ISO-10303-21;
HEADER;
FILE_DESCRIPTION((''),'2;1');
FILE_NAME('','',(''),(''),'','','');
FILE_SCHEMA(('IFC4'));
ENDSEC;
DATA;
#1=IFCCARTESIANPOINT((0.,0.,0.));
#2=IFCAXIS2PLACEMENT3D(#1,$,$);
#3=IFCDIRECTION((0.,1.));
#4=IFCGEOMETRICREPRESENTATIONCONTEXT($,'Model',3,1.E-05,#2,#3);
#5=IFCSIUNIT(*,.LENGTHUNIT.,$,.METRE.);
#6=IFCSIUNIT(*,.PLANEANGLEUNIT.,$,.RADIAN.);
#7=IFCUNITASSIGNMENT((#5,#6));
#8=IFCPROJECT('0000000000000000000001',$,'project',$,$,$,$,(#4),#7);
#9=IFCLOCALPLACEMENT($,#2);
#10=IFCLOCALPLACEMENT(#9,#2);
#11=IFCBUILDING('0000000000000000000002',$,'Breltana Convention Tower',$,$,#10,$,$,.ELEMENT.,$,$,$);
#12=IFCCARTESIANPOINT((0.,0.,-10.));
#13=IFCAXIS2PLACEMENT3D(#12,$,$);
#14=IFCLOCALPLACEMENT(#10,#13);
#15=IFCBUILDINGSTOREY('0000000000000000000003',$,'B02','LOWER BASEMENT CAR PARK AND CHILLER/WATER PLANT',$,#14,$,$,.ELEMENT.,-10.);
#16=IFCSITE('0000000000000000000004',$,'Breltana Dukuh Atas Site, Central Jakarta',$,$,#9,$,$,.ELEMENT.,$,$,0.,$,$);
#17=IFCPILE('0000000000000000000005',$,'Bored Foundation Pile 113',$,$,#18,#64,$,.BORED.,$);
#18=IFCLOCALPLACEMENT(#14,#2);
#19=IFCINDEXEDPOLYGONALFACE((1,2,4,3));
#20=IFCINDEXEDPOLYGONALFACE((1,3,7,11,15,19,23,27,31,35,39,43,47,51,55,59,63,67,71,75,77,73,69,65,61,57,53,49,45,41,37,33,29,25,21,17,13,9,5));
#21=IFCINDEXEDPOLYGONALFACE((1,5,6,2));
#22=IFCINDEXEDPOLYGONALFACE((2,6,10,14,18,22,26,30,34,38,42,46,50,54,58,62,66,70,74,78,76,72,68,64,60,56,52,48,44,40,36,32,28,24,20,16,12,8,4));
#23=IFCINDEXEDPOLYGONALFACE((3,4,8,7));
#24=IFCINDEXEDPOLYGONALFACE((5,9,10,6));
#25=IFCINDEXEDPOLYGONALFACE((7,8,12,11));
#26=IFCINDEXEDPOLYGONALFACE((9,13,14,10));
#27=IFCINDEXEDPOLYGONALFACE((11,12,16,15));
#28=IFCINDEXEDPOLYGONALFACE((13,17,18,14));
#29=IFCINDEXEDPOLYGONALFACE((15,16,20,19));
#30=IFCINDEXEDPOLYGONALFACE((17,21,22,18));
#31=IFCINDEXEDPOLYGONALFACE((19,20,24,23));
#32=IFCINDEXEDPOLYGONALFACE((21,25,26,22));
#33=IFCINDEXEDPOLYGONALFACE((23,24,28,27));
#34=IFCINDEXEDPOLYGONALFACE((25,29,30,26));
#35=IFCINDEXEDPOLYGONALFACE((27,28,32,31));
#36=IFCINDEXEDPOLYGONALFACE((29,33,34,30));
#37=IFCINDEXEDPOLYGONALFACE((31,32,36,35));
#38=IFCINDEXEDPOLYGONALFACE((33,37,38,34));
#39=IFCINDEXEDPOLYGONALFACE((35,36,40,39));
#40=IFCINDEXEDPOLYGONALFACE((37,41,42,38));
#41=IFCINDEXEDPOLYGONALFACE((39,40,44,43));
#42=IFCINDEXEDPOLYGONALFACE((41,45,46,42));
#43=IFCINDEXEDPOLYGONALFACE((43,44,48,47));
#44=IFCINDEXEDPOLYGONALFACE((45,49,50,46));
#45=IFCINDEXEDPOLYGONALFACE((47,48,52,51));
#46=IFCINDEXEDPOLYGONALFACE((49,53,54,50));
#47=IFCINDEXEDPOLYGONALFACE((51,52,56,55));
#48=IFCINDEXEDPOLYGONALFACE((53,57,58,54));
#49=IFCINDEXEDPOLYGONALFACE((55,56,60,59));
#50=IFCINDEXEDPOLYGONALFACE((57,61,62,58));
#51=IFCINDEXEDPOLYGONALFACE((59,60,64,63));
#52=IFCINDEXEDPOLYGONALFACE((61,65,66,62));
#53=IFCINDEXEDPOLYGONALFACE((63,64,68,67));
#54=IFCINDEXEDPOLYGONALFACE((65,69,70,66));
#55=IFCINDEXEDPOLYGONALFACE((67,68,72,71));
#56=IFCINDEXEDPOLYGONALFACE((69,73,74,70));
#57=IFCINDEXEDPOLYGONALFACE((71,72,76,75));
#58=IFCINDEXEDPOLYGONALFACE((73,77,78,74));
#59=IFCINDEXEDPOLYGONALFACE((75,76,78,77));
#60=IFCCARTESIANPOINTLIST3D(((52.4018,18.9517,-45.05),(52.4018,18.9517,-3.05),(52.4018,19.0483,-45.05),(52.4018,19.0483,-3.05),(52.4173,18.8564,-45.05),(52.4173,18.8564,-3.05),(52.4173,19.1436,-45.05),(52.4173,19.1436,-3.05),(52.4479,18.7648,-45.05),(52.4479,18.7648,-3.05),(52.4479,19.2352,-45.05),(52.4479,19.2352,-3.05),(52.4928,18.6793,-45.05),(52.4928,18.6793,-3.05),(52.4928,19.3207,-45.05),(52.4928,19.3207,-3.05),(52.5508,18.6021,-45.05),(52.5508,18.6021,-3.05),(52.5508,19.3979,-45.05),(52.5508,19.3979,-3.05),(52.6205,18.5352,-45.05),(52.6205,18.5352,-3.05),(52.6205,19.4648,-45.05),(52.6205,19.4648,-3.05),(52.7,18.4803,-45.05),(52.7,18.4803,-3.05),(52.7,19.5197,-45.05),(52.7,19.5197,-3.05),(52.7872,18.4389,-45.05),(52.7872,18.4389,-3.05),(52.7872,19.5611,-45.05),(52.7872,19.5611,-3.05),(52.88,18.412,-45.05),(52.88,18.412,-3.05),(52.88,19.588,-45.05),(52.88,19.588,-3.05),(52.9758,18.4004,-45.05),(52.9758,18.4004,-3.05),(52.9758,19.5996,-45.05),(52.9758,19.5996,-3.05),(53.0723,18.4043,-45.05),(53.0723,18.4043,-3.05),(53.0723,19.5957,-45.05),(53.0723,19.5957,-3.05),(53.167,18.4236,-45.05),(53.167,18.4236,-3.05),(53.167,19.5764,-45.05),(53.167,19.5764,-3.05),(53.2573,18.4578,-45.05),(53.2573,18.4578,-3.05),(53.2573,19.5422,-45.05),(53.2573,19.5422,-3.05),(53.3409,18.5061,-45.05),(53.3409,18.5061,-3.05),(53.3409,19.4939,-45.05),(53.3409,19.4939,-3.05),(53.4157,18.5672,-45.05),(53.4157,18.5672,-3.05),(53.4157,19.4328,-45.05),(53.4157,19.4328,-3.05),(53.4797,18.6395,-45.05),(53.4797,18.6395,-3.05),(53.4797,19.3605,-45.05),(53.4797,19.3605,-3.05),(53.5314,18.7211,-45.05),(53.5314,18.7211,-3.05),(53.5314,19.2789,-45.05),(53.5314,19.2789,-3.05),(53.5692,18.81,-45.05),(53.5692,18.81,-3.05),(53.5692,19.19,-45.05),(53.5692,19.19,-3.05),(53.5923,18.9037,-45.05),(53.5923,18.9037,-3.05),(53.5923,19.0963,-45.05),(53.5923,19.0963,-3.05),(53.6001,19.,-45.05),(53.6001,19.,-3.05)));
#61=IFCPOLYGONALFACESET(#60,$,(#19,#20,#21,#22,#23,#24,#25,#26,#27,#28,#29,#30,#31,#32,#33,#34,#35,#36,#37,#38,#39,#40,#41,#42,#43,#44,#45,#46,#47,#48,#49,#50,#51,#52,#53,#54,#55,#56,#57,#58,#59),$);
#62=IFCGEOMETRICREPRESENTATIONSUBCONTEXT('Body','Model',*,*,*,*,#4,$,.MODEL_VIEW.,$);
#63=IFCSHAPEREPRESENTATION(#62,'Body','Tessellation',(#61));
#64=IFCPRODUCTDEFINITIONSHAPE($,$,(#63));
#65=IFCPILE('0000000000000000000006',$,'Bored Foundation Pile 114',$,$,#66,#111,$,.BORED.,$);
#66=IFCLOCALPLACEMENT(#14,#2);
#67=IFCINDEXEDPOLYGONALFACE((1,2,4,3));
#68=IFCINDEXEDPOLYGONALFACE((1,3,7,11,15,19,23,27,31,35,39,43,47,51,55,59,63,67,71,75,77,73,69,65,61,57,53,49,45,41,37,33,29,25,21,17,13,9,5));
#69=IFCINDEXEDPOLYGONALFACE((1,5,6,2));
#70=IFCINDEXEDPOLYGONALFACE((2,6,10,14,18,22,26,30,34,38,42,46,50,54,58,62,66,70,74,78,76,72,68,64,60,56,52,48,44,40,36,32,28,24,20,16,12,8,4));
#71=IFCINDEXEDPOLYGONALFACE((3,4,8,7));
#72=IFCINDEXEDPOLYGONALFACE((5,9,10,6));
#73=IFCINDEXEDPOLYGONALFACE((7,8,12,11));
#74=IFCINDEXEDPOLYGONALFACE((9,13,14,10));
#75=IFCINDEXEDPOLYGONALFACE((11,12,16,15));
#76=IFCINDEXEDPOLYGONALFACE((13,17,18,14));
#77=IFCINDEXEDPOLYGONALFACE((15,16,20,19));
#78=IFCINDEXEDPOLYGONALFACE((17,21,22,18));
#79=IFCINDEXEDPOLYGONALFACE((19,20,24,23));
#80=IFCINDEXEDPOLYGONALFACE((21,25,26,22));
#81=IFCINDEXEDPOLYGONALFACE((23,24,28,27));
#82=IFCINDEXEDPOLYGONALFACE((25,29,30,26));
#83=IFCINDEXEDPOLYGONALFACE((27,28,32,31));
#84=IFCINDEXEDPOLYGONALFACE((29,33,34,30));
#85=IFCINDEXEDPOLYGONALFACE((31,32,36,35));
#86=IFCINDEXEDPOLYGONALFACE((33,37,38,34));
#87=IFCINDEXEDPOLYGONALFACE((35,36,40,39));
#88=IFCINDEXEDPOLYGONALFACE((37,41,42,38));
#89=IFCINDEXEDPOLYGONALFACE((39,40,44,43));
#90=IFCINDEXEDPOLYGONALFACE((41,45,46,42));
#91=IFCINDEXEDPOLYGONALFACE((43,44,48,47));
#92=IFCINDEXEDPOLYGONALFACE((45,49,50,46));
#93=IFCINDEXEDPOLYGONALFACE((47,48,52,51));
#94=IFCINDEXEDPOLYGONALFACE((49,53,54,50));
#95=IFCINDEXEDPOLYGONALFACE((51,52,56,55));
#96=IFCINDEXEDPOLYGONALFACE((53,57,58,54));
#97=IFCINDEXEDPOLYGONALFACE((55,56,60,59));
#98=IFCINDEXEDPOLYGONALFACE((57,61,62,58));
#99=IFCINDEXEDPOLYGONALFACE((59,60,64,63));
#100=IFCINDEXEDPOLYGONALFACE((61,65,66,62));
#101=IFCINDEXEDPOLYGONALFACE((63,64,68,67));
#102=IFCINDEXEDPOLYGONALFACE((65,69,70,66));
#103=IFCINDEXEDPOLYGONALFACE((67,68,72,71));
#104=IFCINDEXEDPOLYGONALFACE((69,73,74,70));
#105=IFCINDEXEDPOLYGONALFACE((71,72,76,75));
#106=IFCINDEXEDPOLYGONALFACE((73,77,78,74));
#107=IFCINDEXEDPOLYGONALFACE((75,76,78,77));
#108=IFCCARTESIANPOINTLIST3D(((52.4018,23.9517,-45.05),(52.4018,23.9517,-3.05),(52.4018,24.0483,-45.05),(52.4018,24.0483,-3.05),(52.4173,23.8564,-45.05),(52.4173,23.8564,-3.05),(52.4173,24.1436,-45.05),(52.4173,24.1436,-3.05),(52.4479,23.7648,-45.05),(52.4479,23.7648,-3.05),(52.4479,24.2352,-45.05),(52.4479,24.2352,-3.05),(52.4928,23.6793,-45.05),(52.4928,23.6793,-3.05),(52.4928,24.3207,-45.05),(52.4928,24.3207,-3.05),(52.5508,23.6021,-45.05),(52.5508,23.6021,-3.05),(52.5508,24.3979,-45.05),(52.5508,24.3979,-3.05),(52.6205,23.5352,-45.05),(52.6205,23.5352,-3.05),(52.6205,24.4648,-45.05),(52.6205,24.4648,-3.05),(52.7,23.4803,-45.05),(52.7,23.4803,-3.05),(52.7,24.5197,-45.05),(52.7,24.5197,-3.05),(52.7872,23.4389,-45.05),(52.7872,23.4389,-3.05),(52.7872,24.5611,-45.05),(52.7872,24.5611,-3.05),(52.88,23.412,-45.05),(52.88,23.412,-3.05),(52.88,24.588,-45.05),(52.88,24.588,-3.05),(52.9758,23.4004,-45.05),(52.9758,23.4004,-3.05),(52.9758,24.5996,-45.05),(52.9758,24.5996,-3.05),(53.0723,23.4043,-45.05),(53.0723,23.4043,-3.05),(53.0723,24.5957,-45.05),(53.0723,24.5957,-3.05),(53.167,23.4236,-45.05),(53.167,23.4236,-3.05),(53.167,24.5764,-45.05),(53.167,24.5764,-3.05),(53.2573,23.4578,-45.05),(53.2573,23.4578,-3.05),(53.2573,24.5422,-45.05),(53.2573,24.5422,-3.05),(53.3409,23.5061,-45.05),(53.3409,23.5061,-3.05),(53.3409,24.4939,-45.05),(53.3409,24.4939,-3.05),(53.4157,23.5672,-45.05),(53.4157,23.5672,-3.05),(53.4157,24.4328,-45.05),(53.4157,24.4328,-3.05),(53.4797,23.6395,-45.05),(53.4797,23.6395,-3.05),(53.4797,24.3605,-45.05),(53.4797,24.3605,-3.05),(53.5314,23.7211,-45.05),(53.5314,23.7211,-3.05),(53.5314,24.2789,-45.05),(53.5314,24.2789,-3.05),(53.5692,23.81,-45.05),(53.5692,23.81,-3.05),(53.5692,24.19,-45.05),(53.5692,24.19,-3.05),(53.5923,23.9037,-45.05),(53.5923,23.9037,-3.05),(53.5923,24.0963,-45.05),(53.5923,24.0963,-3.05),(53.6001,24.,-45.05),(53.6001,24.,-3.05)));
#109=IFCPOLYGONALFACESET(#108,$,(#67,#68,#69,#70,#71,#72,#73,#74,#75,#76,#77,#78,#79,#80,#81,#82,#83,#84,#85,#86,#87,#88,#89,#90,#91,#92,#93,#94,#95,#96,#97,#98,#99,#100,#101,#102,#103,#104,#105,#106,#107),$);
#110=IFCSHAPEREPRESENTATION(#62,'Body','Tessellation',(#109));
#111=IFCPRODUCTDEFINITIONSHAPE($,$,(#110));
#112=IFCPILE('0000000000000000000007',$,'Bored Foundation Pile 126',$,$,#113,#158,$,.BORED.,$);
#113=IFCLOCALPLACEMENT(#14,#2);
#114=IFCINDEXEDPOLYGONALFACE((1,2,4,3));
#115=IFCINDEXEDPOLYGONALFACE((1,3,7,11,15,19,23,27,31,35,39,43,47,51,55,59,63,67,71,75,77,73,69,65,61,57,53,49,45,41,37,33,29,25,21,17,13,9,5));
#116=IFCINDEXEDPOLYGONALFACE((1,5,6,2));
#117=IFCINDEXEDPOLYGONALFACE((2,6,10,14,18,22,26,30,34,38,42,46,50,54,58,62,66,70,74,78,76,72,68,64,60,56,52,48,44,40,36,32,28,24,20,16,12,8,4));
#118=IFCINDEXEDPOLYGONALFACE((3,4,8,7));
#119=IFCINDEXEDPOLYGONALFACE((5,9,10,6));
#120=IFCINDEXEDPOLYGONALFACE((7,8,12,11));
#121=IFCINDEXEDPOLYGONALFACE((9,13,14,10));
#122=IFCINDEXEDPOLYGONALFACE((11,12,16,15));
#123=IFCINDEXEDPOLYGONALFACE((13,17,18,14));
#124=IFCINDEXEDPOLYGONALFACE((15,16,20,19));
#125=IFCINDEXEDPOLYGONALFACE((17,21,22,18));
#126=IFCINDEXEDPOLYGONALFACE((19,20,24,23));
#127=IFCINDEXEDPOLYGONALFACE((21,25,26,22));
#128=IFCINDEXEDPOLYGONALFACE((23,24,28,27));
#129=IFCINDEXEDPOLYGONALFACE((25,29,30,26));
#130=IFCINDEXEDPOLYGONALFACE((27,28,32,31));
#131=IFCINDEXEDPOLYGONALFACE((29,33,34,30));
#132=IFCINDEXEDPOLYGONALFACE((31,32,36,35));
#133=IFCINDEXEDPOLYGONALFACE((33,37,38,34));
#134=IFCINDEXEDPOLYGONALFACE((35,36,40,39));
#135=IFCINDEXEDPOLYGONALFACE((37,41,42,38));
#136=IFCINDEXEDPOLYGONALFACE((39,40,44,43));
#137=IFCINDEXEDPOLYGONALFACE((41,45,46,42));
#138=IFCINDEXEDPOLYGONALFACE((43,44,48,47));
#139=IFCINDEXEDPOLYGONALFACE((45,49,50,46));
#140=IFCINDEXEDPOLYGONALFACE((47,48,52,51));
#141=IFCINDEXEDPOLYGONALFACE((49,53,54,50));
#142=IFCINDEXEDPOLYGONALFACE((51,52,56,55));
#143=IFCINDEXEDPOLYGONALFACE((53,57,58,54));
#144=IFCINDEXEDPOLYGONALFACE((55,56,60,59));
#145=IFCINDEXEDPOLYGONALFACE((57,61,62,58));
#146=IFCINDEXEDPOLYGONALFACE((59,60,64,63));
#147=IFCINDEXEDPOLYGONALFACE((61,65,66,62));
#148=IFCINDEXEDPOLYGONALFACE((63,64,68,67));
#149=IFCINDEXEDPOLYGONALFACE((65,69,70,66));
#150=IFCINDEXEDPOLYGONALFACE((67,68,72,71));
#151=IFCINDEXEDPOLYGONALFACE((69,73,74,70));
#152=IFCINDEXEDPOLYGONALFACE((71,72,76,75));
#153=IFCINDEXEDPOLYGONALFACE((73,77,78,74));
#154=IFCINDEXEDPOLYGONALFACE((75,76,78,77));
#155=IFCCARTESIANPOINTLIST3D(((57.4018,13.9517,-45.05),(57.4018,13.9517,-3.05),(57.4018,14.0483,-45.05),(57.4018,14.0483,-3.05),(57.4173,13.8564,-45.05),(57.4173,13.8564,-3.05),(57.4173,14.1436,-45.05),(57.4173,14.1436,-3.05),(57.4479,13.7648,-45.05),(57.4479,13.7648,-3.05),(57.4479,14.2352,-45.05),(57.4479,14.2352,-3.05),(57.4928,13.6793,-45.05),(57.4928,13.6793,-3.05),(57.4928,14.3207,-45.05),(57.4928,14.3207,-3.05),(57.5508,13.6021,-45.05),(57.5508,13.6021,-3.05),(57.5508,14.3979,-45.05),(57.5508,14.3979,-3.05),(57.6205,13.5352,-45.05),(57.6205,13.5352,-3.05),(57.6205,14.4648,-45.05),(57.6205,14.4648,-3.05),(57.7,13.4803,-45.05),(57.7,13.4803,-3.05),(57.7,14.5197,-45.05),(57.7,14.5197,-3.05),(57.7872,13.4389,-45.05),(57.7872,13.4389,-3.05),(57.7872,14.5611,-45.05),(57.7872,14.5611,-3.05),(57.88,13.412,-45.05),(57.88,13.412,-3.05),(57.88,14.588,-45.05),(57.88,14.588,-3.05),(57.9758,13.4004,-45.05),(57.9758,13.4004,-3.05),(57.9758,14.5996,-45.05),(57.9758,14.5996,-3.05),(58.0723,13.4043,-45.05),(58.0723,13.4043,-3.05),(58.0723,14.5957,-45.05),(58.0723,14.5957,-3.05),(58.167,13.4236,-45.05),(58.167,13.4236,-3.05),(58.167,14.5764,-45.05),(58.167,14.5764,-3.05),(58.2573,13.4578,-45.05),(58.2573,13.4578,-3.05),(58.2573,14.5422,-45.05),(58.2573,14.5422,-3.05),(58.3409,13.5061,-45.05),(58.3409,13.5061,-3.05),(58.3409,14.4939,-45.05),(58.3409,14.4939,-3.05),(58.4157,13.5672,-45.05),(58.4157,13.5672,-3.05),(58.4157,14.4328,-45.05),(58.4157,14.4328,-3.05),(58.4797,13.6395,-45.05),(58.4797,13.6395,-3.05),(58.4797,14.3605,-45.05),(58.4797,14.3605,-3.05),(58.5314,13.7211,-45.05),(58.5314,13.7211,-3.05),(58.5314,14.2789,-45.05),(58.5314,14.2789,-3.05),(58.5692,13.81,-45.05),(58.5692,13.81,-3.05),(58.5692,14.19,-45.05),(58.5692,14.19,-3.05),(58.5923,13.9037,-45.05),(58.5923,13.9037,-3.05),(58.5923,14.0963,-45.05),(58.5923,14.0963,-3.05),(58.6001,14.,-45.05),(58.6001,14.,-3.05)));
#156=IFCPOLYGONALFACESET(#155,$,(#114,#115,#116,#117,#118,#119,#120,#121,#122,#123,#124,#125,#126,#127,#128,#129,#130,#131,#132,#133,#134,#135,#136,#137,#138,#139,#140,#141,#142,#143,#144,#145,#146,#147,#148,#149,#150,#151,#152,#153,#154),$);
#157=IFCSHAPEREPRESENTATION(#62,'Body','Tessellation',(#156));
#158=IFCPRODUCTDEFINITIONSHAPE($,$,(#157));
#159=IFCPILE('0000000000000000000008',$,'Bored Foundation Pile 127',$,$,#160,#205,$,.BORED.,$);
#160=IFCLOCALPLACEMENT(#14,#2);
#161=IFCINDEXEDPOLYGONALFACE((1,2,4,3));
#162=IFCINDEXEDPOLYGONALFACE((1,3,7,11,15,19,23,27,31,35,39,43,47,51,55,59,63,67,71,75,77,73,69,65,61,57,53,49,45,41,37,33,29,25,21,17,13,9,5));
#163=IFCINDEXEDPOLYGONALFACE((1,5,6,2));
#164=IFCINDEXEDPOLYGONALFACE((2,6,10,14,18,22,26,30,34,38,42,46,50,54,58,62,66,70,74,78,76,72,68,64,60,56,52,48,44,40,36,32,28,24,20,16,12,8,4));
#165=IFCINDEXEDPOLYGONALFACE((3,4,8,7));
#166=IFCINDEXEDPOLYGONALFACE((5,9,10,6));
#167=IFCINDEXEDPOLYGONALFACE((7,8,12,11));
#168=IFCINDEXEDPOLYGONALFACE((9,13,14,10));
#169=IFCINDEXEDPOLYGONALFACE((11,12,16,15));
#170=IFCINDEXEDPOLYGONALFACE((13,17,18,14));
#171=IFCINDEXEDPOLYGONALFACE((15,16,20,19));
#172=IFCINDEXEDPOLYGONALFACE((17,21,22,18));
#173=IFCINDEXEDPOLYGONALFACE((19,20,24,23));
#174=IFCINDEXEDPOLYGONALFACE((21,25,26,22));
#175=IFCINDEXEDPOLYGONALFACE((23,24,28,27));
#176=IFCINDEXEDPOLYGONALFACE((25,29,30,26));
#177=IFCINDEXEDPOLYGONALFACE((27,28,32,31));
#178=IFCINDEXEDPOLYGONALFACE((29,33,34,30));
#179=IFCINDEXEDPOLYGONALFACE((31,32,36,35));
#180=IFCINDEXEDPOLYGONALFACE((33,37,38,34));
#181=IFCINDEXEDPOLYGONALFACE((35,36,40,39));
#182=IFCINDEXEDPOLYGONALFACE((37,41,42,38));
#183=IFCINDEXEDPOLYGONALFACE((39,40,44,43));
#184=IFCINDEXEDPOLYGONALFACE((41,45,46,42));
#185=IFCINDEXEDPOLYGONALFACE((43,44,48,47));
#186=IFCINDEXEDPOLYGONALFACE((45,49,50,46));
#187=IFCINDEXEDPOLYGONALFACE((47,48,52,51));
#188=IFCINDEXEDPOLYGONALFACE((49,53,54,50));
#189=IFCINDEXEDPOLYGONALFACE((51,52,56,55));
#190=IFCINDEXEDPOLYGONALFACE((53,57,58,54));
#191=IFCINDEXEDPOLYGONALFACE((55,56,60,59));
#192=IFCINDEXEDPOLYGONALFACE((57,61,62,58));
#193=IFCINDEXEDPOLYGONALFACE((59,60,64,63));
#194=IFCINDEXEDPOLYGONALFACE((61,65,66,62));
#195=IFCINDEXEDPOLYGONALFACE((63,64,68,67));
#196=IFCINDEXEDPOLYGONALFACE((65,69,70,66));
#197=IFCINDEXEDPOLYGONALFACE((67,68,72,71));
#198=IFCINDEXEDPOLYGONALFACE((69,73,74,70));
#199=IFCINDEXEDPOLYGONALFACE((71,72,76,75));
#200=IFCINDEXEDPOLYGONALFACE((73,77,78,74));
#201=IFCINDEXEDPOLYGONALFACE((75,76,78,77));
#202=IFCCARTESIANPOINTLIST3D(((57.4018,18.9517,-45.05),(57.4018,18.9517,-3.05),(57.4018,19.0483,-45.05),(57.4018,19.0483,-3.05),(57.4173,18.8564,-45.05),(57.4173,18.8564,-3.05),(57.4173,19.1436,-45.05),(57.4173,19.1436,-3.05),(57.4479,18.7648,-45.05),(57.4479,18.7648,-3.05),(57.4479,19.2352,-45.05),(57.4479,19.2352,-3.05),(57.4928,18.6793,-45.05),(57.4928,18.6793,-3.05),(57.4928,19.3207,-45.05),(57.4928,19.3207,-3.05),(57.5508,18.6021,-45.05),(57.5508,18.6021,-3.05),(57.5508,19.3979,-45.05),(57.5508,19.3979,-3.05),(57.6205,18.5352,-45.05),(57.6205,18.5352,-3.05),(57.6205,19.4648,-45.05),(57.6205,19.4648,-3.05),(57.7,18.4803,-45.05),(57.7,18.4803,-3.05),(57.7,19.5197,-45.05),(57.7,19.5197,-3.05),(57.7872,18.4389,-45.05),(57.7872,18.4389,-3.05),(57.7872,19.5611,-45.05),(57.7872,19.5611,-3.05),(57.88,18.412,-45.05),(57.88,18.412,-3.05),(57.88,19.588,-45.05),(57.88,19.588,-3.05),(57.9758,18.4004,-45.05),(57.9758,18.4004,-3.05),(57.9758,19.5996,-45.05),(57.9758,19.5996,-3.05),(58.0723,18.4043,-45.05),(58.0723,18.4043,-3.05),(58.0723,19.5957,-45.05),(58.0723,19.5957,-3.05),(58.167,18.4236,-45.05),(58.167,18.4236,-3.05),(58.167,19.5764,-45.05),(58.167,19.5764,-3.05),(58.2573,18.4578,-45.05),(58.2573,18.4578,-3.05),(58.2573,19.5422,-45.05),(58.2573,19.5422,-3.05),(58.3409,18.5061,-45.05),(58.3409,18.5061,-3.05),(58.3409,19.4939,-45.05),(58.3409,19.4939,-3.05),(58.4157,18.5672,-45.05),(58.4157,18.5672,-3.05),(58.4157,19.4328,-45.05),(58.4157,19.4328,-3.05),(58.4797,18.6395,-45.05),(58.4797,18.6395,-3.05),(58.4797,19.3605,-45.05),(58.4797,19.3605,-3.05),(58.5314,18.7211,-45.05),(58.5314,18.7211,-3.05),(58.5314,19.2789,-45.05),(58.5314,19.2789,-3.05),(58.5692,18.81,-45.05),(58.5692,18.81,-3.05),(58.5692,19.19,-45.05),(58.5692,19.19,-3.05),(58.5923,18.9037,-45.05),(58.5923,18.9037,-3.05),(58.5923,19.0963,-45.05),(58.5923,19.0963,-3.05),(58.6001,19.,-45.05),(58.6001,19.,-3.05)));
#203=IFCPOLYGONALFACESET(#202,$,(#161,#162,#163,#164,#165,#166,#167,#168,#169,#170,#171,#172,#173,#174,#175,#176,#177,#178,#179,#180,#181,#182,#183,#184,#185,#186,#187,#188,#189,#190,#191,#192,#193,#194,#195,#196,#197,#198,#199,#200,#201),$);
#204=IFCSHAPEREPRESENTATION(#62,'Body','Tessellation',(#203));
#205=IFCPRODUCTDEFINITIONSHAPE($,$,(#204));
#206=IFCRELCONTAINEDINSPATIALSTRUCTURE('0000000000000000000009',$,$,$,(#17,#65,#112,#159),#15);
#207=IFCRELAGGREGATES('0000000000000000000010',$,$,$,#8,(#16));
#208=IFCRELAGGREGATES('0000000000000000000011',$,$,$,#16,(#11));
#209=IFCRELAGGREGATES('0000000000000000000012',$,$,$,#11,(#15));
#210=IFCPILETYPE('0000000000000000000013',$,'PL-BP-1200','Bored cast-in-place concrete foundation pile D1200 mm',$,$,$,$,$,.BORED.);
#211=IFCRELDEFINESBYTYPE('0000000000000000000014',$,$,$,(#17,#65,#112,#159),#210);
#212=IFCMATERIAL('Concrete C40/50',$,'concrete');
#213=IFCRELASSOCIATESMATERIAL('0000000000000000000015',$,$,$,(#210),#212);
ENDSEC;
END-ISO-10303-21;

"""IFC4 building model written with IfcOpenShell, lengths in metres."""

from ifc_helpers import new_model, si_unit, direction, frame, origin, origin_2d, place, context, subcontext, project, spatial, circle, extrude, source, transform, mapped, material, material_profile, profile_set, type_object, type_shapes, element, save


model = new_model("IFC4")

# Units and contexts
model_context = context("Model", 3, precision=1e-05, world=origin(), true_north=direction((0.0, 1.0)))
body_context = subcontext(model_context, "Body", "Model", "MODEL_VIEW")
ifc_project = project(units=[si_unit("LENGTHUNIT", "METRE"), si_unit("PLANEANGLEUNIT", "RADIAN")], contexts=[model_context])

# Site, building, storey
site_placement = place(None, origin())
site = spatial("IfcSite", under=ifc_project, at=site_placement, Name="Breltana Dukuh Atas Site, Central Jakarta", CompositionType="ELEMENT", RefElevation=0.0)
building_placement = place(site_placement, origin())
building = spatial("IfcBuilding", under=site, at=building_placement, Name="Breltana Convention Tower", CompositionType="ELEMENT")
storey_placement = place(building_placement, frame((0.0, 0.0, -10.0)))
storey = spatial("IfcBuildingStorey", under=building, at=storey_placement, Name="B02", Description="LOWER BASEMENT CAR PARK AND CHILLER/WATER PLANT", CompositionType="ELEMENT", Elevation=-10.0)

# Piles
ifc_material_1 = material(Name="Concrete C40/50", Category="concrete")
ifc_material_profile_1 = material_profile(ifc_material_1, circle(Radius=0.6001, at=origin_2d()), Name="BP-D1200")
ifc_profile_set_1 = profile_set([ifc_material_profile_1], Name="Concrete C40/50")
pile_type = type_object("IfcPileType", Name="PL-BP-1200", Description="Bored cast-in-place concrete foundation pile D1200 mm", PredefinedType="BORED", material=ifc_profile_set_1)
shared_shape_1 = source(origin(), body_context, "Body", "SweptSolid", [
    extrude(circle(Radius=0.6001, at=origin_2d()), origin(), (0.0, 0.0, 1.0), 42.0),
])
type_shapes(pile_type, [shared_shape_1])
for number, where, z_axis, x_axis, name in (
    (1, (53.0, 19.0, -3.05), (0.0, 0.0, -1.0), (1.0, 0.0, 0.0), "Bored Foundation Pile 113"),
    (2, (53.0, 24.0, -3.05), (0.0, 0.0, -1.0), (1.0, 0.0, 0.0), "Bored Foundation Pile 114"),
    (3, (58.0, 14.0, -3.05), (0.0, 0.0, -1.0), (1.0, 0.0, 0.0), "Bored Foundation Pile 126"),
    (4, (58.0, 19.0, -3.05), (0.0, 0.0, -1.0), (1.0, 0.0, 0.0), "Bored Foundation Pile 127"),
):
    element("IfcPile", number, at=place(storey_placement, frame(where, z_axis=z_axis, x_axis=x_axis)), inside=storey, type_object=pile_type, Name=name, PredefinedType="BORED", context=body_context, shape_type="MappedRepresentation", body=[
        mapped(shared_shape_1, transform((0.0, 0.0, 0.0), scale=1.0)),
    ])

save(model, "model.ifc")
